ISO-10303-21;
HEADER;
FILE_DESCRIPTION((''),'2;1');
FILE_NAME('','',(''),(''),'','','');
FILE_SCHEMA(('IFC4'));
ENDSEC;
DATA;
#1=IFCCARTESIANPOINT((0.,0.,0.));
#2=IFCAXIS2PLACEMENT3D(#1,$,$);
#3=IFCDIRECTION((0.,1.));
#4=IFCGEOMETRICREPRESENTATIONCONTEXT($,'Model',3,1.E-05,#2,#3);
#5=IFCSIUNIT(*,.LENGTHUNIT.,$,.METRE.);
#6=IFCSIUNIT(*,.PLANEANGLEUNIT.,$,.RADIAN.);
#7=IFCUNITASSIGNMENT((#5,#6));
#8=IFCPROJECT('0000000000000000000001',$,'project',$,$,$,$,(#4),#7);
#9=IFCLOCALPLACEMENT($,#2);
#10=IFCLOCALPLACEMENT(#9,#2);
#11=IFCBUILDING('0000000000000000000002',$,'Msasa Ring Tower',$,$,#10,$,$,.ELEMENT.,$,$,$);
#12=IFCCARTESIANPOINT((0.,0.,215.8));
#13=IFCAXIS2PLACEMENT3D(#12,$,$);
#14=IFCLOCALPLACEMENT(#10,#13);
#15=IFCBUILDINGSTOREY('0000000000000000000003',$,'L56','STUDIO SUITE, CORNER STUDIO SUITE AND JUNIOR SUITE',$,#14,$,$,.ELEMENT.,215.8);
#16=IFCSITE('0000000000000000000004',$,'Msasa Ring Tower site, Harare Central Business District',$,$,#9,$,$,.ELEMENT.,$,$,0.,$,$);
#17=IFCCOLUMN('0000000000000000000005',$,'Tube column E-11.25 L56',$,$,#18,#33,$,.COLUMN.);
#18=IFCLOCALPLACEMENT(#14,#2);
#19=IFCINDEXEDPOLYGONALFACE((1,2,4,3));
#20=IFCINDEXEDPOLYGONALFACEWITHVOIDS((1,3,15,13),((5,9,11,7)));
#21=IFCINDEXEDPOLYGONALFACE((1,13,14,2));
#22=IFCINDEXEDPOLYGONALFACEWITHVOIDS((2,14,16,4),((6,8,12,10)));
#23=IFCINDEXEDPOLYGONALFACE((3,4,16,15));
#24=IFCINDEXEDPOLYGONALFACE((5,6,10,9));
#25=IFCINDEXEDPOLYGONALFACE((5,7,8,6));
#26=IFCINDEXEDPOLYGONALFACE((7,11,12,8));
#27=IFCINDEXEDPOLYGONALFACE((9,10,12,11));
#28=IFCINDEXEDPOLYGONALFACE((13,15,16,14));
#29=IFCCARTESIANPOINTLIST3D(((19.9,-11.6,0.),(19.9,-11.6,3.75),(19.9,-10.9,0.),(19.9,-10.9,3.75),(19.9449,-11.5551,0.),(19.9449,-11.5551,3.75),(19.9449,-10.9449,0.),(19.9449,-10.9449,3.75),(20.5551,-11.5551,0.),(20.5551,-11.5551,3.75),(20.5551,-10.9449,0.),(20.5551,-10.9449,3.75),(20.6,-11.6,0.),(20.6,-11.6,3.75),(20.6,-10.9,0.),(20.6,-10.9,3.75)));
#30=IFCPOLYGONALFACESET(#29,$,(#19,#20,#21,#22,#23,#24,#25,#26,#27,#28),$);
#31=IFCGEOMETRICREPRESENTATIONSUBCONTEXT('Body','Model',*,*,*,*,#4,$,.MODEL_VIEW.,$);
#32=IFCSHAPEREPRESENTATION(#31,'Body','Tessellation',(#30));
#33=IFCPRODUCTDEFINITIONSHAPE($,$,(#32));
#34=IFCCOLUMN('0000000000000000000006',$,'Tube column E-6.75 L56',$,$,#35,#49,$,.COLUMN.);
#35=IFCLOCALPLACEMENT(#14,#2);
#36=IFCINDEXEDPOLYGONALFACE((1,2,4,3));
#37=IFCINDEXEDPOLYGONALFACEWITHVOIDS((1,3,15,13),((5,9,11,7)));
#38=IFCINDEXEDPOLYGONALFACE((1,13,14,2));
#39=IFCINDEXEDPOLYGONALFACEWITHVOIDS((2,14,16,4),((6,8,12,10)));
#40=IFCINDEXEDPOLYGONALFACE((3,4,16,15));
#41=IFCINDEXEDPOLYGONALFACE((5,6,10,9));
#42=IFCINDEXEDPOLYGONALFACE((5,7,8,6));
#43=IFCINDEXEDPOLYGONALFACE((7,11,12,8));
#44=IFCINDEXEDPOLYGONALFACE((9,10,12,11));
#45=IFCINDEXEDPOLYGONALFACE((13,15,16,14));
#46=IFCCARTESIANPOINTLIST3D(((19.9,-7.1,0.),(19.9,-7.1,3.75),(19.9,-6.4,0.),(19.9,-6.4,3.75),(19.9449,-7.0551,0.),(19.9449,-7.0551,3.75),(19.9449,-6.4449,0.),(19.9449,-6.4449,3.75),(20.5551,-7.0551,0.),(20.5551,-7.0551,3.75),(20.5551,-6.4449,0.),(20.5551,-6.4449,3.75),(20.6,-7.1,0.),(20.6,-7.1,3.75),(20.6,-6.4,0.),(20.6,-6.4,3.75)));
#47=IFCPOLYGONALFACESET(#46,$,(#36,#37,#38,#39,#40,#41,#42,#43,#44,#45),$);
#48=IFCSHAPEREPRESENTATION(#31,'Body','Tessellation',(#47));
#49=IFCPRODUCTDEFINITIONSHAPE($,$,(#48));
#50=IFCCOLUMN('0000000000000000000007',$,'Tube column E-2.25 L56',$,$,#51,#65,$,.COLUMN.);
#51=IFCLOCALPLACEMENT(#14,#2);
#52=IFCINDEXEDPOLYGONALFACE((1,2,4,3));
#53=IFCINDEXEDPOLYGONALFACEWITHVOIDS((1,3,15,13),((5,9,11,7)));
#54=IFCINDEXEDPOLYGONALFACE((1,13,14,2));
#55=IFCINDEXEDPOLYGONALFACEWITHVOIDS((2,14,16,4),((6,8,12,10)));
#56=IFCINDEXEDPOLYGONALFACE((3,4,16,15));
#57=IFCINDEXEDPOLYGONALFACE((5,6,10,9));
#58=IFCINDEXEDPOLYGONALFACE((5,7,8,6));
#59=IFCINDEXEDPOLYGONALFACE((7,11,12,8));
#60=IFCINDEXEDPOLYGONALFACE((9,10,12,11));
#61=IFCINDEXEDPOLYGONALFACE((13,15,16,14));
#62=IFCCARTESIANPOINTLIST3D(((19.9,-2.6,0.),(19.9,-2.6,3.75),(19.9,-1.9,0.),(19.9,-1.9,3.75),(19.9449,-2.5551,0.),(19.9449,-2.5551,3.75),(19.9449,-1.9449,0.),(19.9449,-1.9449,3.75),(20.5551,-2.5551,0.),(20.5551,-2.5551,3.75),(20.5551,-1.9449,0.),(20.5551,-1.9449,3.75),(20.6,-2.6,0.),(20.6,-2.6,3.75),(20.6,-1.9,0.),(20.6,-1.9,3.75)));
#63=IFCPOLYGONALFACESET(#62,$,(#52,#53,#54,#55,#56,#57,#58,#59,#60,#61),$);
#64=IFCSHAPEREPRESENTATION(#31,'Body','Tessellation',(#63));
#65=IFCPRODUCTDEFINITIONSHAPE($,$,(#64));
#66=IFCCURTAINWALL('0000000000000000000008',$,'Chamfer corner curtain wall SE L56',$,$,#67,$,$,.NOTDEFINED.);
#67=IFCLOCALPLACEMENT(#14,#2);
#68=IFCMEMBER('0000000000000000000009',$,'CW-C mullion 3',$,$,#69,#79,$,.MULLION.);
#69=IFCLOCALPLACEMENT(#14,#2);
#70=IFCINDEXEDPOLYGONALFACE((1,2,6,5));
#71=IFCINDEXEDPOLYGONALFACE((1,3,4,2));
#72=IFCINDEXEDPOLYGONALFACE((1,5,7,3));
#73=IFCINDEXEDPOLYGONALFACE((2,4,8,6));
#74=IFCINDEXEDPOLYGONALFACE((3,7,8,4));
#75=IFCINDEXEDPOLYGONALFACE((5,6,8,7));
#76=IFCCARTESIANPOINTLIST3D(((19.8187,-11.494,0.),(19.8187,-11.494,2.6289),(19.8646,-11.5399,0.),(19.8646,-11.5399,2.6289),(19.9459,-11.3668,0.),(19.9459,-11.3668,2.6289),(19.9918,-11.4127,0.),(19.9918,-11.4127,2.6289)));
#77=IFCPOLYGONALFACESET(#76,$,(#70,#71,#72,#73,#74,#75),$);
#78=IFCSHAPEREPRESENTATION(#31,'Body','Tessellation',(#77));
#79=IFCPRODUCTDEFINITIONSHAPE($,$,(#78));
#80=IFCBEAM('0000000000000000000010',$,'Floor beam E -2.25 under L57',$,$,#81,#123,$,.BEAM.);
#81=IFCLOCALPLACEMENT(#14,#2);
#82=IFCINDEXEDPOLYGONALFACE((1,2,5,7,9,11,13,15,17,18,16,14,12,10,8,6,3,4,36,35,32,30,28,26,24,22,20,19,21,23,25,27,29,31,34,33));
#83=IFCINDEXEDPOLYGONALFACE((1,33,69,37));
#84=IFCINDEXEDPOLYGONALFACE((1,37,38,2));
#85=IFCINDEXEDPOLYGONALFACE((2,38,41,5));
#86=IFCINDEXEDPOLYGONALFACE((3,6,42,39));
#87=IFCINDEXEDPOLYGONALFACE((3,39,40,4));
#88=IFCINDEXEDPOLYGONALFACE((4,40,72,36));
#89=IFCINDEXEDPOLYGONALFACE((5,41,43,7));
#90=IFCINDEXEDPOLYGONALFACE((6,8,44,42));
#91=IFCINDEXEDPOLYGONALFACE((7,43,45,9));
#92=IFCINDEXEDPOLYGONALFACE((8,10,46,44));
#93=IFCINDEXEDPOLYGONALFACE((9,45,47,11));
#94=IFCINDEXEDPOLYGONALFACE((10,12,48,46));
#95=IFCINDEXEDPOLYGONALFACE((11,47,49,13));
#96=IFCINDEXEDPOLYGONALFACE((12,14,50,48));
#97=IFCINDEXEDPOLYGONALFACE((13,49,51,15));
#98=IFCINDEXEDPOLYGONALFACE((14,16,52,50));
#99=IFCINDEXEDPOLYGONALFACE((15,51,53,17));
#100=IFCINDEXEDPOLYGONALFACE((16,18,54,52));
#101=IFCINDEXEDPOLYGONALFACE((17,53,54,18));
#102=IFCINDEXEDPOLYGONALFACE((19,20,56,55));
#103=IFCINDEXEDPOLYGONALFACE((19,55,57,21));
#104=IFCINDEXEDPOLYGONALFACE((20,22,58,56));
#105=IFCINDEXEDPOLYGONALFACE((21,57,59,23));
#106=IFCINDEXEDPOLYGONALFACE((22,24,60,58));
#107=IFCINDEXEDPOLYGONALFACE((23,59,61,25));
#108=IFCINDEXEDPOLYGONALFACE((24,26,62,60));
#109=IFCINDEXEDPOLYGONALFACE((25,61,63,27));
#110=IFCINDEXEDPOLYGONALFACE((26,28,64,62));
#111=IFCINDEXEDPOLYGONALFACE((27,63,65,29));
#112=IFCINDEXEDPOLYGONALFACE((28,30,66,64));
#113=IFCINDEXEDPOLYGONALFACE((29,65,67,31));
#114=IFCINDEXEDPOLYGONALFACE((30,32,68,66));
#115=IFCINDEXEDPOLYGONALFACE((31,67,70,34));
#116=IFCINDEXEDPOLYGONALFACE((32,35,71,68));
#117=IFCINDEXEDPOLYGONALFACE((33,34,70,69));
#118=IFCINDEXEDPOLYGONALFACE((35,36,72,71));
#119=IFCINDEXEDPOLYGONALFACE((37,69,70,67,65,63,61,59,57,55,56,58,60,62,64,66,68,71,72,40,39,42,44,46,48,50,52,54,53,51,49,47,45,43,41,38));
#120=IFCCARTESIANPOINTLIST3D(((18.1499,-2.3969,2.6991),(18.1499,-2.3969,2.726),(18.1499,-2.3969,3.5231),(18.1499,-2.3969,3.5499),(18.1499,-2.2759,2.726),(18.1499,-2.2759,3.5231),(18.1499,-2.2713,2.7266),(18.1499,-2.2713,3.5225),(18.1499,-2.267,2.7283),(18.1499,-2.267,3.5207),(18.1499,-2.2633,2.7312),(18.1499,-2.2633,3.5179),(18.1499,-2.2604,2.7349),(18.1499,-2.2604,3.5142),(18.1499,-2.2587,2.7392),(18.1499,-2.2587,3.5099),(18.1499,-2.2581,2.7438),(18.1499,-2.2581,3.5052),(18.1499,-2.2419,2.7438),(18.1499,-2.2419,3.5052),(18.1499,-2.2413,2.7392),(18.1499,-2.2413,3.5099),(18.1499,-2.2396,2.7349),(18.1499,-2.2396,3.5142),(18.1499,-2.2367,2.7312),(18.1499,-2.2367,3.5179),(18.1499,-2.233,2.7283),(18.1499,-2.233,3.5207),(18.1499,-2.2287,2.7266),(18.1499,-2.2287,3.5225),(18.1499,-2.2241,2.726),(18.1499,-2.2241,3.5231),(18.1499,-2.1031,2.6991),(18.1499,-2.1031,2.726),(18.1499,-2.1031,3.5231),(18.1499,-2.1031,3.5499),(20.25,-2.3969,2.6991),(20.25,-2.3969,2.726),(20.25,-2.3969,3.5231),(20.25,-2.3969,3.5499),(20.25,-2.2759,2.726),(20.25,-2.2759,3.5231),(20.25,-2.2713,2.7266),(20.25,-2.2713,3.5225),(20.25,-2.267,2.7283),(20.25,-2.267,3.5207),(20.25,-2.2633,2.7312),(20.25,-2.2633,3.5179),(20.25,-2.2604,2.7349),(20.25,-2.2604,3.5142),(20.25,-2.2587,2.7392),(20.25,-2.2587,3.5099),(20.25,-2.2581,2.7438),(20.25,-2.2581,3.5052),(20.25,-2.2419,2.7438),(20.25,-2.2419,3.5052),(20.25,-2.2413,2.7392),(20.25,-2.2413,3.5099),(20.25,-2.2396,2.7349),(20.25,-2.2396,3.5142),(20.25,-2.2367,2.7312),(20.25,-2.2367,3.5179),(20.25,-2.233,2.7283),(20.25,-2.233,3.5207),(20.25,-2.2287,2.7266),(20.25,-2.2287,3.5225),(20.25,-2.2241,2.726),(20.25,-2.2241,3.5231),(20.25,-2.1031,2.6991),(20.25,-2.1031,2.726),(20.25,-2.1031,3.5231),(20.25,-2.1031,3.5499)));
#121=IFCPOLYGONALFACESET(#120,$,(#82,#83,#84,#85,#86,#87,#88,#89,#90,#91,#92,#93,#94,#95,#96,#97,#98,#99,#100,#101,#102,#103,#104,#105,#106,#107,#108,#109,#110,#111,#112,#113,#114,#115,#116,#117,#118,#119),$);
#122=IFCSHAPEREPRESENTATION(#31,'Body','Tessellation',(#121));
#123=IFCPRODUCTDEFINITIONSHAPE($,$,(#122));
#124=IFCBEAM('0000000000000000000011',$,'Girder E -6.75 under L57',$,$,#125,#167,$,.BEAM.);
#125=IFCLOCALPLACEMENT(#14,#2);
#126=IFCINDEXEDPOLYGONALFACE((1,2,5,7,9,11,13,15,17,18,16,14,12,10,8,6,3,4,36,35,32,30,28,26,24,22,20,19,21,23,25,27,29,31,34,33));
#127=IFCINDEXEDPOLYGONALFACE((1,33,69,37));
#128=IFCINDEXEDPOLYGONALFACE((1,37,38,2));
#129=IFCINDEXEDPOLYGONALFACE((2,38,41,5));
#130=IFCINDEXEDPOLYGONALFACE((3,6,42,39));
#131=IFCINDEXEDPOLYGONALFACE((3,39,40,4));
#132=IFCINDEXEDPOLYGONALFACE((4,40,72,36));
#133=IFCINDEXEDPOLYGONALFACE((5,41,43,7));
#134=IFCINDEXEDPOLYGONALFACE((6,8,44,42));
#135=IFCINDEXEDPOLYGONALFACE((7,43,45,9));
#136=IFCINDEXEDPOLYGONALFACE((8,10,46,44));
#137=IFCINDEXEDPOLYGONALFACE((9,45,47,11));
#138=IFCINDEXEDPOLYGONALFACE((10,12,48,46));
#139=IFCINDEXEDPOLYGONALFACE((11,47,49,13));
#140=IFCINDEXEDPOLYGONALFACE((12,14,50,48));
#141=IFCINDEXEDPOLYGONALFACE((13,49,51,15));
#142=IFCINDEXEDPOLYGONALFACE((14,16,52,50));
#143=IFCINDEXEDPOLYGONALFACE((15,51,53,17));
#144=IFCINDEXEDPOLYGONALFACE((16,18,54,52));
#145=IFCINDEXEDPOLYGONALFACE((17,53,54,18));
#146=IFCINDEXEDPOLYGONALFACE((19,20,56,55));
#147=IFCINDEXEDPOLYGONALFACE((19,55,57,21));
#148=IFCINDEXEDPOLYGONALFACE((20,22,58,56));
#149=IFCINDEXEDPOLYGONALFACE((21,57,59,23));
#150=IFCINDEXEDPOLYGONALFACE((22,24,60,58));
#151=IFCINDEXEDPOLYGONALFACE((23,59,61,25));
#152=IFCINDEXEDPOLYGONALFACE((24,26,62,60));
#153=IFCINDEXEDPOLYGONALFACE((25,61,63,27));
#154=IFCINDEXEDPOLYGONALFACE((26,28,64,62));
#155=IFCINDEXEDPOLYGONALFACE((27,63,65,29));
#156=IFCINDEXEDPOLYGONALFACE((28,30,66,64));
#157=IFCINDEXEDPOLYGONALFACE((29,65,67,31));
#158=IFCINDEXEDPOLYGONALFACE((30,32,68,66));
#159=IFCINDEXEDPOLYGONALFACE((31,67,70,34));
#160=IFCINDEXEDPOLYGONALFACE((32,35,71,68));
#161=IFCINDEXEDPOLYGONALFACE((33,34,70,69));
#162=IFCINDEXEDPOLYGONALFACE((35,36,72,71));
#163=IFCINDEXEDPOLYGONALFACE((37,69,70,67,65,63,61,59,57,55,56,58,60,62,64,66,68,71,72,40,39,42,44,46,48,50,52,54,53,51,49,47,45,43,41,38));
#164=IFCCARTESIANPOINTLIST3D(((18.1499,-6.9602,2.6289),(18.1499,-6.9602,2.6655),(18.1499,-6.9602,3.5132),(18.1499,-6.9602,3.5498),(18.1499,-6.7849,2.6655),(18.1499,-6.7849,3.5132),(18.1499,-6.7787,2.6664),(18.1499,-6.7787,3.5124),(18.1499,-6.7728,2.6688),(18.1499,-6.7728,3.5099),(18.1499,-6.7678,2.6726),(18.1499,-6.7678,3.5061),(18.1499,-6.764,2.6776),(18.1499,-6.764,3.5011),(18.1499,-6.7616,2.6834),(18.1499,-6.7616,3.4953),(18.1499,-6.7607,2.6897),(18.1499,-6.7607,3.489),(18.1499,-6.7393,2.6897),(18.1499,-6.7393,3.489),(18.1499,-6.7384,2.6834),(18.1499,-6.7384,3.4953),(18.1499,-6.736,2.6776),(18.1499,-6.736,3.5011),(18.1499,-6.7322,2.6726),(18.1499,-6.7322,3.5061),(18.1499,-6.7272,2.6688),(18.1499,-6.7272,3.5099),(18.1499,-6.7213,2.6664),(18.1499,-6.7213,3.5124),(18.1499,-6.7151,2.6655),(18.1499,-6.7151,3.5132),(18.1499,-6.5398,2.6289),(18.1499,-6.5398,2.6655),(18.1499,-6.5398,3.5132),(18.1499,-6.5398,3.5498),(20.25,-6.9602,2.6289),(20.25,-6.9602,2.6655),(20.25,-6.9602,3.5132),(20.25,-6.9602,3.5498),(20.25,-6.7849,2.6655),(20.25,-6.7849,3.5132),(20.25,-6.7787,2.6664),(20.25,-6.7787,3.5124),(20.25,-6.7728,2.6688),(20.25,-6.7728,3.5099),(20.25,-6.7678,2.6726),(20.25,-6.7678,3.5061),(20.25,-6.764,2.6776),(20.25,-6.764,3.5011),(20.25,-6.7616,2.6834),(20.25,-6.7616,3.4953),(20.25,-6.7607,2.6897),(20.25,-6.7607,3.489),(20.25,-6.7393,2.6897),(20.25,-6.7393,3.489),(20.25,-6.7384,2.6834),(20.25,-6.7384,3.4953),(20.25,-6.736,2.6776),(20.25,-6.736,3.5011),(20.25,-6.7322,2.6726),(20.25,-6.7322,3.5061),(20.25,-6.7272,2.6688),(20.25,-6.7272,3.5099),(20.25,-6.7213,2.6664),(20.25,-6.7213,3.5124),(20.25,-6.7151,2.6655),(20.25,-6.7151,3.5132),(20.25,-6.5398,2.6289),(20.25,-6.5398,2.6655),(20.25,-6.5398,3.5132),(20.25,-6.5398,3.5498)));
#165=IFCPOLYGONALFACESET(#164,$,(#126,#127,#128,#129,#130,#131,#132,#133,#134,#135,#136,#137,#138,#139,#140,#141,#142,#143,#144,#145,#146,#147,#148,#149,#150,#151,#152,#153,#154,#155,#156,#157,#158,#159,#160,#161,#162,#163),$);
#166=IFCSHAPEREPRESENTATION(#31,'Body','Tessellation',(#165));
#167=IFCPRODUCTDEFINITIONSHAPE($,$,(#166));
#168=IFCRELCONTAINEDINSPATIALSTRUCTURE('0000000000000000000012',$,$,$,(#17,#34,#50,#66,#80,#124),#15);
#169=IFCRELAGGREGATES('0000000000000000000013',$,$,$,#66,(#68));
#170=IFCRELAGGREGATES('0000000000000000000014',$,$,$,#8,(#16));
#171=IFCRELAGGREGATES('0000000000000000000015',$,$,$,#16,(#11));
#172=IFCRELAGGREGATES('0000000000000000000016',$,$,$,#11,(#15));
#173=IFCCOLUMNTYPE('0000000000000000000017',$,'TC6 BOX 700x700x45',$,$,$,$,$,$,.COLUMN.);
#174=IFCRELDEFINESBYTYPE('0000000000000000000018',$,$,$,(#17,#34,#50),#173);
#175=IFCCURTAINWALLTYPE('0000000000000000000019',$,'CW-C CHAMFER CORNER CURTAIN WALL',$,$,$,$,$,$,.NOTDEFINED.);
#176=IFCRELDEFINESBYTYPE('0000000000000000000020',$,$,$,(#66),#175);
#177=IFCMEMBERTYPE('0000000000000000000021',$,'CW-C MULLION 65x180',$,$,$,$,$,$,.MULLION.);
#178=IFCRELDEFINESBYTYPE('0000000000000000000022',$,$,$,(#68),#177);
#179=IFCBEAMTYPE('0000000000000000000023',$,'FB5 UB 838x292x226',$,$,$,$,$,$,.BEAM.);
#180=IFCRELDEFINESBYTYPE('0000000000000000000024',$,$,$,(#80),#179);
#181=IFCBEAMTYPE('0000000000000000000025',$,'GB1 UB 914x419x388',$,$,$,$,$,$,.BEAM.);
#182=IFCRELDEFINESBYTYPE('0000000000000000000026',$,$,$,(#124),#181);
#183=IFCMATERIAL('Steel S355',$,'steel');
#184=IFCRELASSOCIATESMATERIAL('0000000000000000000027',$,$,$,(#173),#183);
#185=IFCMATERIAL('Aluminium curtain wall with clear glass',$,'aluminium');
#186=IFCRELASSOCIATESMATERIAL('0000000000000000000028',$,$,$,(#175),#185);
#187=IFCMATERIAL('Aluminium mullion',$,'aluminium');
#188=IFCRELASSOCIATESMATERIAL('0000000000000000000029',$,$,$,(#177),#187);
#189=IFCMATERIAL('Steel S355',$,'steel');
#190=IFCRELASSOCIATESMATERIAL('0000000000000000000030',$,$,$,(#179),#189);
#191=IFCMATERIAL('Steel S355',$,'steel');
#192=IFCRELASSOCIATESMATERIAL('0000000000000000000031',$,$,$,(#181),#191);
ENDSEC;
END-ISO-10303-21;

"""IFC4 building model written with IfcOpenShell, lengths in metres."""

from ifc_helpers import new_model, si_unit, direction, frame, origin, origin_2d, place, context, subcontext, project, spatial, rectangle, hollow_rectangle, i_section, extrude, material, material_profile, profile_set, type_object, element, aggregate, save


model = new_model("IFC4")

# Units and contexts
model_context = context("Model", 3, precision=1e-05, world=origin(), true_north=direction((0.0, 1.0)))
body_context = subcontext(model_context, "Body", "Model", "MODEL_VIEW")
ifc_project = project(units=[si_unit("LENGTHUNIT", "METRE"), si_unit("PLANEANGLEUNIT", "RADIAN")], contexts=[model_context])

# Site, building, storey
site_placement = place(None, origin())
site = spatial("IfcSite", under=ifc_project, at=site_placement, Name="Msasa Ring Tower site, Harare Central Business District", CompositionType="ELEMENT", RefElevation=0.0)
building_placement = place(site_placement, origin())
building = spatial("IfcBuilding", under=site, at=building_placement, Name="Msasa Ring Tower", CompositionType="ELEMENT")
storey_placement = place(building_placement, frame((0.0, 0.0, 215.8)))
storey = spatial("IfcBuildingStorey", under=building, at=storey_placement, Name="L56", Description="STUDIO SUITE, CORNER STUDIO SUITE AND JUNIOR SUITE", CompositionType="ELEMENT", Elevation=215.8)

# Columns
ifc_material_1 = material(Name="Steel S355", Category="steel")
ifc_material_profile_1 = material_profile(ifc_material_1, hollow_rectangle(XDim=0.7, YDim=0.7, WallThickness=0.0449, at=origin_2d()), Name="BOX 700x700x45")
ifc_profile_set_1 = profile_set([ifc_material_profile_1], Name="Steel S355")
column_type = type_object("IfcColumnType", Name="TC6 BOX 700x700x45", PredefinedType="COLUMN", material=ifc_profile_set_1)
for number, where, z_axis, x_axis, name in (
    (1, (20.25, -11.25, 0.0), (0.0, 0.0, 1.0), (1.0, 0.0, 0.0), "Tube column E-11.25 L56"),
    (2, (20.25, -6.75, 0.0), (0.0, 0.0, 1.0), (1.0, 0.0, 0.0), "Tube column E-6.75 L56"),
    (3, (20.25, -2.25, 0.0), (0.0, 0.0, 1.0), (1.0, 0.0, 0.0), "Tube column E-2.25 L56"),
):
    element("IfcColumn", number, at=place(storey_placement, frame(where, z_axis=z_axis, x_axis=x_axis)), inside=storey, type_object=column_type, Name=name, PredefinedType="COLUMN", context=body_context, shape_type="SweptSolid", body=[
        extrude(hollow_rectangle(XDim=0.7, YDim=0.7, WallThickness=0.0449, at=origin_2d()), origin(), (0.0, 0.0, 1.0), 3.75),
    ])

# Curtain wall, member
ifc_material_2 = material(Name="Aluminium curtain wall with clear glass", Category="aluminium")
curtain_wall_type = type_object("IfcCurtainWallType", Name="CW-C CHAMFER CORNER CURTAIN WALL", PredefinedType="NOTDEFINED", material=ifc_material_2)
curtain_wall_placement = place(storey_placement, origin())
curtain_wall = element("IfcCurtainWall", 4, at=curtain_wall_placement, inside=storey, type_object=curtain_wall_type, Name="Chamfer corner curtain wall SE L56", PredefinedType="NOTDEFINED")
ifc_material_3 = material(Name="Aluminium mullion", Category="aluminium")
ifc_material_profile_2 = material_profile(ifc_material_3, rectangle(XDim=0.0649, YDim=0.1799, at=origin_2d()), Name="AL 65x180")
ifc_profile_set_2 = profile_set([ifc_material_profile_2], Name="Aluminium mullion")
member_type = type_object("IfcMemberType", Name="CW-C MULLION 65x180", PredefinedType="MULLION", material=ifc_profile_set_2)
member_placement = place(storey_placement, frame((19.9053, -11.4534, 0.0), z_axis=(0.0, 0.0, 1.0), x_axis=(-0.707107, 0.707107, 0.0)))
member = element("IfcMember", 5, at=member_placement, type_object=member_type, Name="CW-C mullion 3", PredefinedType="MULLION", context=body_context, shape_type="SweptSolid", body=[
    extrude(rectangle(XDim=0.0649, YDim=0.1799, at=origin_2d()), origin(), (0.0, 0.0, 1.0), 2.6289),
])
aggregate(curtain_wall, [member])

# Beams
ifc_material_4 = material(Name="Steel S355", Category="steel")
ifc_material_profile_3 = material_profile(ifc_material_4, i_section(OverallWidth=0.2937, OverallDepth=0.8508, WebThickness=0.0161, FlangeThickness=0.0269, FilletRadius=0.0178, at=origin_2d()), Name="UB 838x292x226")
ifc_profile_set_3 = profile_set([ifc_material_profile_3], Name="Steel S355")
beam_type_1 = type_object("IfcBeamType", Name="FB5 UB 838x292x226", PredefinedType="BEAM", material=ifc_profile_set_3)
beam_1_placement = place(storey_placement, frame((20.25, -2.25, 3.1245), z_axis=(-1.0, 0.0, 0.0), x_axis=(0.0, -1.0, 0.0)))
element("IfcBeam", 6, at=beam_1_placement, inside=storey, type_object=beam_type_1, Name="Floor beam E -2.25 under L57", PredefinedType="BEAM", context=body_context, shape_type="SweptSolid", body=[
    extrude(i_section(OverallWidth=0.2937, OverallDepth=0.8508, WebThickness=0.0161, FlangeThickness=0.0269, FilletRadius=0.0178, at=origin_2d()), origin(), (0.0, 0.0, 1.0), 2.1001),
])
ifc_material_5 = material(Name="Steel S355", Category="steel")
ifc_material_profile_4 = material_profile(ifc_material_5, i_section(OverallWidth=0.4204, OverallDepth=0.9209, WebThickness=0.0215, FlangeThickness=0.0366, FilletRadius=0.0242, at=origin_2d()), Name="UB 914x419x388")
ifc_profile_set_4 = profile_set([ifc_material_profile_4], Name="Steel S355")
beam_type_2 = type_object("IfcBeamType", Name="GB1 UB 914x419x388", PredefinedType="BEAM", material=ifc_profile_set_4)
beam_2_placement = place(storey_placement, frame((18.1499, -6.75, 3.0894), z_axis=(1.0, 0.0, 0.0), x_axis=(0.0, 1.0, 0.0)))
element("IfcBeam", 7, at=beam_2_placement, inside=storey, type_object=beam_type_2, Name="Girder E -6.75 under L57", PredefinedType="BEAM", context=body_context, shape_type="SweptSolid", body=[
    extrude(i_section(OverallWidth=0.4204, OverallDepth=0.9209, WebThickness=0.0215, FlangeThickness=0.0366, FilletRadius=0.0242, at=origin_2d()), origin(), (0.0, 0.0, 1.0), 2.1001),
])

save(model, "model.ifc")
